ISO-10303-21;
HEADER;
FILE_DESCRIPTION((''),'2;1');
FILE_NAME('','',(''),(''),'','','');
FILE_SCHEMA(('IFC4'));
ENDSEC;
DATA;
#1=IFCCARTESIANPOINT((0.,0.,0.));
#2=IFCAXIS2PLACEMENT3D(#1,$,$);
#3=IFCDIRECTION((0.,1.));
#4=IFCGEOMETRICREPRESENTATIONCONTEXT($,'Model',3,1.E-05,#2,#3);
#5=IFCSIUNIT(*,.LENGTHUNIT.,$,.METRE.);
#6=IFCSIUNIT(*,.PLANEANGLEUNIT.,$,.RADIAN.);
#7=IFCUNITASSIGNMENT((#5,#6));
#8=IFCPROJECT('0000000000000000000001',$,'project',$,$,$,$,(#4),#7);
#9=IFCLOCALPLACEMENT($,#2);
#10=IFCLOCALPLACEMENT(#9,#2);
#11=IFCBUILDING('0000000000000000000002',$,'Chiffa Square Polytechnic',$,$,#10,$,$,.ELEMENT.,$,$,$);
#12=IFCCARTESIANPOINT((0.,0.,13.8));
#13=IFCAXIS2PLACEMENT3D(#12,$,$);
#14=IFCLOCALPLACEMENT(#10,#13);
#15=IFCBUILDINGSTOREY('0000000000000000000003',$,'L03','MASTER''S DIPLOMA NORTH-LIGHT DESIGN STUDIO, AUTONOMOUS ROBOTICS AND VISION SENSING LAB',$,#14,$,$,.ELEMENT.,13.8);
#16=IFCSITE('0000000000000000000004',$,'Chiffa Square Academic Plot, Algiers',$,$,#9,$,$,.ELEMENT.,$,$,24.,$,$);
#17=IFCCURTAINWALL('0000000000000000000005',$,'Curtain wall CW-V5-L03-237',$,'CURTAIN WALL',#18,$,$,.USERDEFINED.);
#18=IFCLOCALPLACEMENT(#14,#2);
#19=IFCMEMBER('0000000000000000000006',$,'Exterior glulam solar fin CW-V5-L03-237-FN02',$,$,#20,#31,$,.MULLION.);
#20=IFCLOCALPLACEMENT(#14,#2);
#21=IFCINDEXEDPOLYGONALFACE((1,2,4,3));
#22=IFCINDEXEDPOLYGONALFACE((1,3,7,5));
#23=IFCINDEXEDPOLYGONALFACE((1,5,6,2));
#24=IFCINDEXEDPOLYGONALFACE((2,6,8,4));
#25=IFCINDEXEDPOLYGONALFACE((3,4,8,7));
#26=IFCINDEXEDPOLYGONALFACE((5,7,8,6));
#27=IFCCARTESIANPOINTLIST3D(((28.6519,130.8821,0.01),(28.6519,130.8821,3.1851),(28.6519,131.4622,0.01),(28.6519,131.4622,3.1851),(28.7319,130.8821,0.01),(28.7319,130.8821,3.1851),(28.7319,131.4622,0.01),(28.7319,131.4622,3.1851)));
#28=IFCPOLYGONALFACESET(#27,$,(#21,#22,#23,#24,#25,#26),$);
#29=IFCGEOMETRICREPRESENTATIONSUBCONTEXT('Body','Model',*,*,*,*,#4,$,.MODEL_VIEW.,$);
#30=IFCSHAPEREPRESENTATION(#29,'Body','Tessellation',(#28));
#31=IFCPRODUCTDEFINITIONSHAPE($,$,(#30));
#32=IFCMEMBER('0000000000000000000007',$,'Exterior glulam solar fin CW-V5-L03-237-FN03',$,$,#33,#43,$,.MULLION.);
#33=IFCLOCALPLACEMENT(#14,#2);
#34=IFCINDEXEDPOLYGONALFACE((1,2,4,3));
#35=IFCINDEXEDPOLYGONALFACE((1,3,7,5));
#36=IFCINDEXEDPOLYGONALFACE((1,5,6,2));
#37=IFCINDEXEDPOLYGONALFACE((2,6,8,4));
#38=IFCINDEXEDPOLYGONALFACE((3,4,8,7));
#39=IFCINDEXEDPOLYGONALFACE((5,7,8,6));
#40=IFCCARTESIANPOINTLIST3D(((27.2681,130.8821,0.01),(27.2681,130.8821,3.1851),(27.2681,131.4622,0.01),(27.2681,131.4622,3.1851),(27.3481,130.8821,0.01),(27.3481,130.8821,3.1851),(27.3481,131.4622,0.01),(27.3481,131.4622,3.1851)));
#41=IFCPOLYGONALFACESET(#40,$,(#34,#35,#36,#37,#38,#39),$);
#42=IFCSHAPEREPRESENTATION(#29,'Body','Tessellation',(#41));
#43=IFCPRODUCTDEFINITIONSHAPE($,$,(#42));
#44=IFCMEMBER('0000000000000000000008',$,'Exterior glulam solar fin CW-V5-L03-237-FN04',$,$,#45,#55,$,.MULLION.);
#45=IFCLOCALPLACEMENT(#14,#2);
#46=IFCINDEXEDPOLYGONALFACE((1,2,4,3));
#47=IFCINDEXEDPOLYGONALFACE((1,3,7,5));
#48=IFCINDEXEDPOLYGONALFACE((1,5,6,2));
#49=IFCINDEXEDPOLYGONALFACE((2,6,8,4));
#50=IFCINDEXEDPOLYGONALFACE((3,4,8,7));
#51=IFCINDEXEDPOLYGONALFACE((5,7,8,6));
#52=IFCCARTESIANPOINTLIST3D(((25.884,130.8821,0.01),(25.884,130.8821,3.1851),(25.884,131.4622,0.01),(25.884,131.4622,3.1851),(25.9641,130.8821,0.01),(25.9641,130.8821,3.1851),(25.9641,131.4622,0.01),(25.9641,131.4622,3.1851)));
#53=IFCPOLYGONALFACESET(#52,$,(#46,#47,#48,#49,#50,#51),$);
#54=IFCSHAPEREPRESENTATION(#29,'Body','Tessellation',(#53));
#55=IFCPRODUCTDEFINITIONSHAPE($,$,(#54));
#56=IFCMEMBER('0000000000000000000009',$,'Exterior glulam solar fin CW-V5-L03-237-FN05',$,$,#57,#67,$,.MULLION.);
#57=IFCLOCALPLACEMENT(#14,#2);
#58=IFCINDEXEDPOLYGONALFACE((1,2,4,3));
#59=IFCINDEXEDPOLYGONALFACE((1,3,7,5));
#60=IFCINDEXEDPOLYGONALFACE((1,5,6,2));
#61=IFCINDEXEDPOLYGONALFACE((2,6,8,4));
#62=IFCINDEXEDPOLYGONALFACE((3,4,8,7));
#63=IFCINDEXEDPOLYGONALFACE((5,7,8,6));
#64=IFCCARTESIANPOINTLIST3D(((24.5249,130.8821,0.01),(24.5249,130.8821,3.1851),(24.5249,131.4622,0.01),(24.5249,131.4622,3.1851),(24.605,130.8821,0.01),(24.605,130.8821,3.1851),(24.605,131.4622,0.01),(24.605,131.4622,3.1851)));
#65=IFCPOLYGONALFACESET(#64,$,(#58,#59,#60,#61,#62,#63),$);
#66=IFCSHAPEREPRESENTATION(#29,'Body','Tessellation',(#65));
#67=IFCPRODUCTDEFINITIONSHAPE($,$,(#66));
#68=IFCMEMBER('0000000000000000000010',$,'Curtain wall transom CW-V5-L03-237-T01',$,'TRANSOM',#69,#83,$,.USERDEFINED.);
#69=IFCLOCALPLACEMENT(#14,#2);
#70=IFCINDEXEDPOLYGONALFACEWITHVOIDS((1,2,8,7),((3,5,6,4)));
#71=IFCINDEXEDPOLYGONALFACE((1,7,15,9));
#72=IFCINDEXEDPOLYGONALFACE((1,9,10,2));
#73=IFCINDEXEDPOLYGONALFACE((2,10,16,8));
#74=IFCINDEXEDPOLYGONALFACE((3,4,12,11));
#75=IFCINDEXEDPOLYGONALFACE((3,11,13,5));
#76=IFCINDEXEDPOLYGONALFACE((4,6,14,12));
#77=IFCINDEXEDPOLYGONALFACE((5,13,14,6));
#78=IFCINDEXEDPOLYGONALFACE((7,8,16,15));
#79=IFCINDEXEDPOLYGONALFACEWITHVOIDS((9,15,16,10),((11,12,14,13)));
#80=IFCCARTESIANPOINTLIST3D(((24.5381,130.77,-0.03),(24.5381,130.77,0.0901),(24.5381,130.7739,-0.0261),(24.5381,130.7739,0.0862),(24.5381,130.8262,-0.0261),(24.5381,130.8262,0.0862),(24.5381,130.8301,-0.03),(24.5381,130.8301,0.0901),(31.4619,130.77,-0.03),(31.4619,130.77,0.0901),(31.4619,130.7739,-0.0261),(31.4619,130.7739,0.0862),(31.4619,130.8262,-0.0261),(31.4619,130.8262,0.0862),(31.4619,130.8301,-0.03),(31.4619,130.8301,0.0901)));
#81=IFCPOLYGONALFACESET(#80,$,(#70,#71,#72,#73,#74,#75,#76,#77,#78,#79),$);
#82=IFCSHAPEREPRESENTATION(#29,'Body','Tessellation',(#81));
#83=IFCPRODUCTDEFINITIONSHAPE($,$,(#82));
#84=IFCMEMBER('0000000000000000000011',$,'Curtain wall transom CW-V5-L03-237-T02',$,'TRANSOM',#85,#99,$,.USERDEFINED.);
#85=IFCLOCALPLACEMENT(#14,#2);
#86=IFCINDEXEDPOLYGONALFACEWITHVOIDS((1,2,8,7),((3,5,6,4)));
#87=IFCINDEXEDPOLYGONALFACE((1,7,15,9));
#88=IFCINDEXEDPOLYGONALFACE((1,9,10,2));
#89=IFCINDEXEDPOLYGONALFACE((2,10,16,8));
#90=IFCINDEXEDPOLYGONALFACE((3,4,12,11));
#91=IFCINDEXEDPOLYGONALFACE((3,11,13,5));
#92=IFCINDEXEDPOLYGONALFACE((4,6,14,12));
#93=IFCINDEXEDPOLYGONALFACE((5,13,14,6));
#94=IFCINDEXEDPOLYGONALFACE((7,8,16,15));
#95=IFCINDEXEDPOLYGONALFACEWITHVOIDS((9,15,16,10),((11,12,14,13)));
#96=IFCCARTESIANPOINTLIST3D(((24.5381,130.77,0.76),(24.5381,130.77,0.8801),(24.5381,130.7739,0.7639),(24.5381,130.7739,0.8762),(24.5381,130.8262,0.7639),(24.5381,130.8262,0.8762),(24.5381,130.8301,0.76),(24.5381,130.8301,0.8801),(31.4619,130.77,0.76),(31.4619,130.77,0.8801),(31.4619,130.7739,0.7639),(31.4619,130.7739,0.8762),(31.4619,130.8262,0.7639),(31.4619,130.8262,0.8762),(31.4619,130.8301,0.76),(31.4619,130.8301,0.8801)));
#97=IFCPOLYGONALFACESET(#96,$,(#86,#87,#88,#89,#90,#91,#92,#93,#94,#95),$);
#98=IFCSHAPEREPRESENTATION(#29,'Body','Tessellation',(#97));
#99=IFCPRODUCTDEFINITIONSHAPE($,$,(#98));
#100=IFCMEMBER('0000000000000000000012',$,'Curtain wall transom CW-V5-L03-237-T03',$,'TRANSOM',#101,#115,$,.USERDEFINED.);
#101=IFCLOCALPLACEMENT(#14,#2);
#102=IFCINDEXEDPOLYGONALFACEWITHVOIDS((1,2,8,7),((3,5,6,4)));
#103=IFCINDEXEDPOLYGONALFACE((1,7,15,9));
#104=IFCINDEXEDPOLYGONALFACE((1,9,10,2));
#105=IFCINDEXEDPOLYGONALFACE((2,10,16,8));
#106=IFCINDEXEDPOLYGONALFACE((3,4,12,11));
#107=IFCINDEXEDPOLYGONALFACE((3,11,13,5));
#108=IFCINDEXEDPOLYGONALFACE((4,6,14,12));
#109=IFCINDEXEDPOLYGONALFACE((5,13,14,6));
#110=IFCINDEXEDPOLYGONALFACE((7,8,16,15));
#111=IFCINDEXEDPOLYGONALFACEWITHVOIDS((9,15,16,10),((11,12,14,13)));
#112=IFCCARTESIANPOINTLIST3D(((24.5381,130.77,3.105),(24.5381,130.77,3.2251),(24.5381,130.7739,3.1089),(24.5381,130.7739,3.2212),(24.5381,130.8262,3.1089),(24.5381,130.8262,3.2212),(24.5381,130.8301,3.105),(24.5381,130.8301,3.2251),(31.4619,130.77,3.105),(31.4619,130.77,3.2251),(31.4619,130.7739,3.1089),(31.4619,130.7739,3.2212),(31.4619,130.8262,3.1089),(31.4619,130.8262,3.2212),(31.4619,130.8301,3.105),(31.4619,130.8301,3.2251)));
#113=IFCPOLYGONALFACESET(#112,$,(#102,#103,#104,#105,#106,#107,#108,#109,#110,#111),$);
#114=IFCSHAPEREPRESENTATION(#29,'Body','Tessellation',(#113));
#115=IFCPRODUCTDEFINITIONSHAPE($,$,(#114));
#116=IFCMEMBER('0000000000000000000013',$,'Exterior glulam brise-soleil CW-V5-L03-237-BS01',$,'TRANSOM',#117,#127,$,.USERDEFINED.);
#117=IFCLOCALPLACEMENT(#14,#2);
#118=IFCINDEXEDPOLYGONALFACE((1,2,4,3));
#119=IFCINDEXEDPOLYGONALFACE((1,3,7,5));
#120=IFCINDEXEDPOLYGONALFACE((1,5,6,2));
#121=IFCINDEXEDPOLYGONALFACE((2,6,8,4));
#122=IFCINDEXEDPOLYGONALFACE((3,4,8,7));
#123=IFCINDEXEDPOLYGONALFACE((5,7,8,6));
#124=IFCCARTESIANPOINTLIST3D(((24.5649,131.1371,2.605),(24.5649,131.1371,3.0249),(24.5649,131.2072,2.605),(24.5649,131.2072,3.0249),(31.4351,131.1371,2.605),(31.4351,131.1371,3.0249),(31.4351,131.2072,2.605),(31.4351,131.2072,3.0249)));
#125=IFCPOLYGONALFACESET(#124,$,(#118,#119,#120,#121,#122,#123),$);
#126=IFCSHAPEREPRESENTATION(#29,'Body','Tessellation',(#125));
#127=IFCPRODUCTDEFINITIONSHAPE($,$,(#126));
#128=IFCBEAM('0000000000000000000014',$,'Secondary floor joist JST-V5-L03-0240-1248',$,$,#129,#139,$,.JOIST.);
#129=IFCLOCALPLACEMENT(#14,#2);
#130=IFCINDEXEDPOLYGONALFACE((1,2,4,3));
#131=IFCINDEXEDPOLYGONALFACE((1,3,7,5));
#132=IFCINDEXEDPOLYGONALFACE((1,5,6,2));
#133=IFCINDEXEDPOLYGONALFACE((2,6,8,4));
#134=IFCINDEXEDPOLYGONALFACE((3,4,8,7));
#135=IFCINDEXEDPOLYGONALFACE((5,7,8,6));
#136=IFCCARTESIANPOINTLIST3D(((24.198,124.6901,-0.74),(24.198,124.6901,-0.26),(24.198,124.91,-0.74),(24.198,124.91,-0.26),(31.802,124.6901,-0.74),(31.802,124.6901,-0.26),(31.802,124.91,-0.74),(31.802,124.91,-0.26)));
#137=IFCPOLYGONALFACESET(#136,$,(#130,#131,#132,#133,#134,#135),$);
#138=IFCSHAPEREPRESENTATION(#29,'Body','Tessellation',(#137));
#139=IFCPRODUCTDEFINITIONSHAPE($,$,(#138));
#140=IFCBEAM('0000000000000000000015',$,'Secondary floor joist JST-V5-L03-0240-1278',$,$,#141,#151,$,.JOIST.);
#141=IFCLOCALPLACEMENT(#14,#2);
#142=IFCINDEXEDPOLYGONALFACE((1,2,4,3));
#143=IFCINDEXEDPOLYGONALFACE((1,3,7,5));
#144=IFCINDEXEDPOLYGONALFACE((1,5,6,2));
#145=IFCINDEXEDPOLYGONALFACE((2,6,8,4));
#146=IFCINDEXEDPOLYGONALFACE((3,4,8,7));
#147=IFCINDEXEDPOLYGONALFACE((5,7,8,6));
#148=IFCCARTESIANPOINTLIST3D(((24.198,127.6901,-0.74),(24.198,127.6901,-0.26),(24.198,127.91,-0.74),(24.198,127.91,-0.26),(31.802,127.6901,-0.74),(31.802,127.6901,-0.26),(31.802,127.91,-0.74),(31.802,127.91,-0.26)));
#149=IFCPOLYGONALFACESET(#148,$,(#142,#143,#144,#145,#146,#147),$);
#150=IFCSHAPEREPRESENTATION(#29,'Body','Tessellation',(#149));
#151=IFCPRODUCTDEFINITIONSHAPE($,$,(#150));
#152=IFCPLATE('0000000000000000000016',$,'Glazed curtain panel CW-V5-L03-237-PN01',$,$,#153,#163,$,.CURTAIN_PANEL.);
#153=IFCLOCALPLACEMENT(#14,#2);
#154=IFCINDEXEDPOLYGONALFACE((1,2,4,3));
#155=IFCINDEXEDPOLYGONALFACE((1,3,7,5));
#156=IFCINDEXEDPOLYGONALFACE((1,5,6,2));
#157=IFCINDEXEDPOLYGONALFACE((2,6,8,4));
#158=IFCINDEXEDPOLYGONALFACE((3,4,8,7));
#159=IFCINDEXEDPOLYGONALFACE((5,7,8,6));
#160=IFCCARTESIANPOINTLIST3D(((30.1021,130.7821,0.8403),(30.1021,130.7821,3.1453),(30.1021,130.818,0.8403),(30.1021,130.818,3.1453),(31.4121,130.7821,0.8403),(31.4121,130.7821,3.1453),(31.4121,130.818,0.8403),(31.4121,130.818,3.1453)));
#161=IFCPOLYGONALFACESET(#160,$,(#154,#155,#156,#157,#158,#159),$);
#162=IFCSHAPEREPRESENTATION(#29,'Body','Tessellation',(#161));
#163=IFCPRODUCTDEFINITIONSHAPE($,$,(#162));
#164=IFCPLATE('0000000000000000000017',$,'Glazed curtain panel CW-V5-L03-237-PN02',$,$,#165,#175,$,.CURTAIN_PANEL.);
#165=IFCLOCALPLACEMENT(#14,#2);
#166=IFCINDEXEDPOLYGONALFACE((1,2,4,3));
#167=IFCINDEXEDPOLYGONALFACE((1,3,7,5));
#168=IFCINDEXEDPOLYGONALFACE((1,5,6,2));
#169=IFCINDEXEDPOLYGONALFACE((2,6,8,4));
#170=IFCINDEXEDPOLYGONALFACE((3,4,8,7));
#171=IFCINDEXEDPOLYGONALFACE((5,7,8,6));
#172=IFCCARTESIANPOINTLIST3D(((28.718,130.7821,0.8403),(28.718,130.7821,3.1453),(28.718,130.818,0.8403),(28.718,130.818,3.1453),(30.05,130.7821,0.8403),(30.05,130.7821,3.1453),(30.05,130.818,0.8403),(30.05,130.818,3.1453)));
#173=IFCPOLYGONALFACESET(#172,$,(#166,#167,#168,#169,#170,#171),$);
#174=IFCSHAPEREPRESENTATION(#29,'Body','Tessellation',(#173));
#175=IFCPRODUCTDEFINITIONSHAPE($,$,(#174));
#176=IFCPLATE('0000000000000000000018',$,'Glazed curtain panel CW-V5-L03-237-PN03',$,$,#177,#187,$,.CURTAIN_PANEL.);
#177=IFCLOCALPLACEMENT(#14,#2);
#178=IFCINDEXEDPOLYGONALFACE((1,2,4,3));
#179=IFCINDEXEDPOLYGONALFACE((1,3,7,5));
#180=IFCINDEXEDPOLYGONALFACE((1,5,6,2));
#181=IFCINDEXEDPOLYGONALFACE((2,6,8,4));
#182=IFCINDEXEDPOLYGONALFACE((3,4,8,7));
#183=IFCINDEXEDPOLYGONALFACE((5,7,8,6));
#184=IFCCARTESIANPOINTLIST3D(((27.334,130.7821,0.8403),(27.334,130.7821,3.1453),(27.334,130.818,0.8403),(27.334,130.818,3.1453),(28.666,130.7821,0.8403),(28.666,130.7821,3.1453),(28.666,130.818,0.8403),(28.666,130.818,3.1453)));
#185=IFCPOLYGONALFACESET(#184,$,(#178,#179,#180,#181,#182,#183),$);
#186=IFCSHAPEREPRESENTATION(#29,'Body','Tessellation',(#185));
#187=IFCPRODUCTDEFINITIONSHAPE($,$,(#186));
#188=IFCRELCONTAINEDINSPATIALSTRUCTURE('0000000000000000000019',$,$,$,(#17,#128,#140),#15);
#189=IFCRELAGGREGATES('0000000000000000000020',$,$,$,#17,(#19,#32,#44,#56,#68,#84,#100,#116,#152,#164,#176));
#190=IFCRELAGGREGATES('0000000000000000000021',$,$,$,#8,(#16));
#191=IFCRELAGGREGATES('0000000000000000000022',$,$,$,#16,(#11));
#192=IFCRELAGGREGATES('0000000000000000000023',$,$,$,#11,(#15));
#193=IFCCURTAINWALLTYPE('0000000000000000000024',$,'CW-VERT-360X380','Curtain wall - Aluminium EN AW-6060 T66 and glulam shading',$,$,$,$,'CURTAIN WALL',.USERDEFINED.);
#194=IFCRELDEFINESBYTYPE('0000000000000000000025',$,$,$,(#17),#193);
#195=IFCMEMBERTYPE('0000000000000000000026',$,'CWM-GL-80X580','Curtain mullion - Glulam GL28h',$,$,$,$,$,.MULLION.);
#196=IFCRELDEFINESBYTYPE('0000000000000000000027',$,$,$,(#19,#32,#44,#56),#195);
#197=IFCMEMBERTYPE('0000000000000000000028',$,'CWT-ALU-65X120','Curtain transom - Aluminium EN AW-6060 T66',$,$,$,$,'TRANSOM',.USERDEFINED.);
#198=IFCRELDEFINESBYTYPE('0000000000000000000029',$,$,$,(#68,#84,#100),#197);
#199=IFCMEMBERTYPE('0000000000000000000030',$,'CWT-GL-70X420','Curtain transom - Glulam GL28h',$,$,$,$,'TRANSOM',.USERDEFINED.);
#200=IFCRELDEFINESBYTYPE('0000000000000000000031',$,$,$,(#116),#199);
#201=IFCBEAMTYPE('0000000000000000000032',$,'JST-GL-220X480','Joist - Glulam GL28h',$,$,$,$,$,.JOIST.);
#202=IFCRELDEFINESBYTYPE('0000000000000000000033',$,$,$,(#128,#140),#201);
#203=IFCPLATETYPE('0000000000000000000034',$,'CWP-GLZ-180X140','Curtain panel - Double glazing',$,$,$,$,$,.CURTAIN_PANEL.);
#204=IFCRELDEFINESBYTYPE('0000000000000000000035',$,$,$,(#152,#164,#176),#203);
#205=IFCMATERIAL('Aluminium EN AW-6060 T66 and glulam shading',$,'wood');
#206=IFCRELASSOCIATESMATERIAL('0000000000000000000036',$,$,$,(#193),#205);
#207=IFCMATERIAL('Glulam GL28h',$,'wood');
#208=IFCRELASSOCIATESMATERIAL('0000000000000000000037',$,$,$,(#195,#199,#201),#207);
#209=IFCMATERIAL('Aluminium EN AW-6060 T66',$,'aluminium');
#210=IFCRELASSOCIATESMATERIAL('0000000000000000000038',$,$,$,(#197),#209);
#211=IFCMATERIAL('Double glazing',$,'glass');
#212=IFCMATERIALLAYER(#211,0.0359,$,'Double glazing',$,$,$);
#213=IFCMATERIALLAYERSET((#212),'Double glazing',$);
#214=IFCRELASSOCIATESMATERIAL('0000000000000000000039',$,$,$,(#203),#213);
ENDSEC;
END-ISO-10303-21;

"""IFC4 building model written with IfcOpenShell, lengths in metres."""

from ifc_helpers import new_model, si_unit, direction, frame, origin, origin_2d, place, context, subcontext, project, spatial, rectangle, hollow_rectangle, extrude, material, layer, layer_set, material_profile, profile_set, type_object, element, aggregate, save


model = new_model("IFC4")

# Units and contexts
model_context = context("Model", 3, precision=1e-05, world=origin(), true_north=direction((0.0, 1.0)))
body_context = subcontext(model_context, "Body", "Model", "MODEL_VIEW")
ifc_project = project(units=[si_unit("LENGTHUNIT", "METRE"), si_unit("PLANEANGLEUNIT", "RADIAN")], contexts=[model_context])

# Site, building, storey
site_placement = place(None, origin())
site = spatial("IfcSite", under=ifc_project, at=site_placement, Name="Chiffa Square Academic Plot, Algiers", CompositionType="ELEMENT", RefElevation=24.0)
building_placement = place(site_placement, origin())
building = spatial("IfcBuilding", under=site, at=building_placement, Name="Chiffa Square Polytechnic", CompositionType="ELEMENT")
storey_placement = place(building_placement, frame((0.0, 0.0, 13.8)))
storey = spatial("IfcBuildingStorey", under=building, at=storey_placement, Name="L03", Description="MASTER'S DIPLOMA NORTH-LIGHT DESIGN STUDIO, AUTONOMOUS ROBOTICS AND VISION SENSING LAB", CompositionType="ELEMENT", Elevation=13.8)

# Curtain wall, members
ifc_material_1 = material(Name="Aluminium EN AW-6060 T66 and glulam shading", Category="wood")
curtain_wall_type = type_object("IfcCurtainWallType", Name="CW-VERT-360X380", Description="Curtain wall - Aluminium EN AW-6060 T66 and glulam shading", ElementType="CURTAIN WALL", PredefinedType="USERDEFINED", material=ifc_material_1)
curtain_wall_placement = place(storey_placement, origin())
curtain_wall = element("IfcCurtainWall", 1, at=curtain_wall_placement, inside=storey, type_object=curtain_wall_type, Name="Curtain wall CW-V5-L03-237", ObjectType="CURTAIN WALL", PredefinedType="USERDEFINED")
ifc_material_2 = material(Name="Aluminium EN AW-6060 T66", Category="aluminium")
ifc_material_3 = material(Name="Glulam GL28h", Category="wood")
ifc_material_profile_1 = material_profile(ifc_material_3, rectangle(XDim=0.0801, YDim=0.5801, at=origin_2d()), Name="GL28h 80x580")
ifc_profile_set_1 = profile_set([ifc_material_profile_1], Name="Glulam GL28h")
member_type_1 = type_object("IfcMemberType", Name="CWM-GL-80X580", Description="Curtain mullion - Glulam GL28h", PredefinedType="MULLION", material=ifc_profile_set_1)
member_1_placement = place(storey_placement, frame((28.6919, 131.1721, 0.01), z_axis=(0.0, 0.0, 1.0), x_axis=(-1.0, 0.0, 0.0)))
member_1 = element("IfcMember", 2, at=member_1_placement, type_object=member_type_1, Name="Exterior glulam solar fin CW-V5-L03-237-FN02", PredefinedType="MULLION", context=body_context, shape_type="SweptSolid", body=[
    extrude(rectangle(XDim=0.0801, YDim=0.5801, at=origin_2d()), origin(), (0.0, 0.0, 1.0), 3.175),
])
member_2_placement = place(storey_placement, frame((27.3081, 131.1721, 0.01), z_axis=(0.0, 0.0, 1.0), x_axis=(-1.0, 0.0, 0.0)))
member_2 = element("IfcMember", 3, at=member_2_placement, type_object=member_type_1, Name="Exterior glulam solar fin CW-V5-L03-237-FN03", PredefinedType="MULLION", context=body_context, shape_type="SweptSolid", body=[
    extrude(rectangle(XDim=0.0801, YDim=0.5801, at=origin_2d()), origin(), (0.0, 0.0, 1.0), 3.175),
])
member_3_placement = place(storey_placement, frame((25.9241, 131.1721, 0.01), z_axis=(0.0, 0.0, 1.0), x_axis=(-1.0, 0.0, 0.0)))
member_3 = element("IfcMember", 4, at=member_3_placement, type_object=member_type_1, Name="Exterior glulam solar fin CW-V5-L03-237-FN04", PredefinedType="MULLION", context=body_context, shape_type="SweptSolid", body=[
    extrude(rectangle(XDim=0.0801, YDim=0.5801, at=origin_2d()), origin(), (0.0, 0.0, 1.0), 3.175),
])
member_4_placement = place(storey_placement, frame((24.5649, 131.1721, 0.01), z_axis=(0.0, 0.0, 1.0), x_axis=(-1.0, 0.0, 0.0)))
member_4 = element("IfcMember", 5, at=member_4_placement, type_object=member_type_1, Name="Exterior glulam solar fin CW-V5-L03-237-FN05", PredefinedType="MULLION", context=body_context, shape_type="SweptSolid", body=[
    extrude(rectangle(XDim=0.0801, YDim=0.5801, at=origin_2d()), origin(), (0.0, 0.0, 1.0), 3.175),
])
ifc_material_profile_2 = material_profile(ifc_material_2, hollow_rectangle(XDim=0.0601, YDim=0.1201, WallThickness=0.0039, at=origin_2d()), Name="ALU 60x120x4")
ifc_profile_set_2 = profile_set([ifc_material_profile_2], Name="Aluminium EN AW-6060 T66")
member_type_2 = type_object("IfcMemberType", Name="CWT-ALU-65X120", Description="Curtain transom - Aluminium EN AW-6060 T66", ElementType="TRANSOM", PredefinedType="USERDEFINED", material=ifc_profile_set_2)
member_5_placement = place(storey_placement, frame((31.4619, 130.8, 0.03), z_axis=(-1.0, 0.0, 0.0), x_axis=(0.0, -1.0, 0.0)))
member_5 = element("IfcMember", 6, at=member_5_placement, type_object=member_type_2, Name="Curtain wall transom CW-V5-L03-237-T01", ObjectType="TRANSOM", PredefinedType="USERDEFINED", context=body_context, shape_type="SweptSolid", body=[
    extrude(hollow_rectangle(XDim=0.0601, YDim=0.1201, WallThickness=0.0039, at=origin_2d()), origin(), (0.0, 0.0, 1.0), 6.9238),
])
member_6_placement = place(storey_placement, frame((31.4619, 130.8, 0.8201), z_axis=(-1.0, 0.0, 0.0), x_axis=(0.0, -1.0, 0.0)))
member_6 = element("IfcMember", 7, at=member_6_placement, type_object=member_type_2, Name="Curtain wall transom CW-V5-L03-237-T02", ObjectType="TRANSOM", PredefinedType="USERDEFINED", context=body_context, shape_type="SweptSolid", body=[
    extrude(hollow_rectangle(XDim=0.0601, YDim=0.1201, WallThickness=0.0039, at=origin_2d()), origin(), (0.0, 0.0, 1.0), 6.9238),
])
member_7_placement = place(storey_placement, frame((31.4619, 130.8, 3.165), z_axis=(-1.0, 0.0, 0.0), x_axis=(0.0, -1.0, 0.0)))
member_7 = element("IfcMember", 8, at=member_7_placement, type_object=member_type_2, Name="Curtain wall transom CW-V5-L03-237-T03", ObjectType="TRANSOM", PredefinedType="USERDEFINED", context=body_context, shape_type="SweptSolid", body=[
    extrude(hollow_rectangle(XDim=0.0601, YDim=0.1201, WallThickness=0.0039, at=origin_2d()), origin(), (0.0, 0.0, 1.0), 6.9238),
])
ifc_material_profile_3 = material_profile(ifc_material_3, rectangle(XDim=0.0701, YDim=0.4199, at=origin_2d()), Name="GL28h 70x420")
ifc_profile_set_3 = profile_set([ifc_material_profile_3], Name="Glulam GL28h")
member_type_3 = type_object("IfcMemberType", Name="CWT-GL-70X420", Description="Curtain transom - Glulam GL28h", ElementType="TRANSOM", PredefinedType="USERDEFINED", material=ifc_profile_set_3)
member_8_placement = place(storey_placement, frame((31.4351, 131.1721, 2.8149), z_axis=(-1.0, 0.0, 0.0), x_axis=(0.0, -1.0, 0.0)))
member_8 = element("IfcMember", 9, at=member_8_placement, type_object=member_type_3, Name="Exterior glulam brise-soleil CW-V5-L03-237-BS01", ObjectType="TRANSOM", PredefinedType="USERDEFINED", context=body_context, shape_type="SweptSolid", body=[
    extrude(rectangle(XDim=0.0701, YDim=0.4199, at=origin_2d()), origin(), (0.0, 0.0, 1.0), 6.8701),
])

# Beams
ifc_material_profile_4 = material_profile(ifc_material_3, rectangle(XDim=0.22, YDim=0.48, at=origin_2d()), Name="GL28h 220x480")
ifc_profile_set_4 = profile_set([ifc_material_profile_4], Name="Glulam GL28h")
beam_type_1 = type_object("IfcBeamType", Name="JST-GL-220X480", Description="Joist - Glulam GL28h", PredefinedType="JOIST", material=ifc_profile_set_4)
for number, where, z_axis, x_axis, name in (
    (10, (24.198, 124.8, -0.5), (1.0, 0.0, 0.0), (0.0, 1.0, 0.0), "Secondary floor joist JST-V5-L03-0240-1248"),
    (11, (24.198, 127.8, -0.5), (1.0, 0.0, 0.0), (0.0, 1.0, 0.0), "Secondary floor joist JST-V5-L03-0240-1278"),
):
    element("IfcBeam", number, at=place(storey_placement, frame(where, z_axis=z_axis, x_axis=x_axis)), inside=storey, type_object=beam_type_1, Name=name, PredefinedType="JOIST", context=body_context, shape_type="SweptSolid", body=[
        extrude(rectangle(XDim=0.22, YDim=0.48, at=origin_2d()), origin(), (0.0, 0.0, 1.0), 7.604),
    ])

# Plates
ifc_material_4 = material(Name="Double glazing", Category="glass")
ifc_layer_1 = layer(ifc_material_4, 0.0359, Name="Double glazing")
ifc_layer_set_1 = layer_set([ifc_layer_1], Name="Double glazing")
plate_type_1 = type_object("IfcPlateType", Name="CWP-GLZ-180X140", Description="Curtain panel - Double glazing", PredefinedType="CURTAIN_PANEL", material=ifc_layer_set_1)
plate_1_placement = place(storey_placement, frame((30.7571, 130.8, 0.8403), z_axis=(0.0, 0.0, 1.0), x_axis=(-1.0, 0.0, 0.0)))
plate_1 = element("IfcPlate", 12, at=plate_1_placement, type_object=plate_type_1, Name="Glazed curtain panel CW-V5-L03-237-PN01", PredefinedType="CURTAIN_PANEL", context=body_context, shape_type="SweptSolid", body=[
    extrude(rectangle(XDim=1.3101, YDim=0.0359, at=origin_2d()), origin(), (0.0, 0.0, 1.0), 2.3049),
])
plate_2_placement = place(storey_placement, frame((29.384, 130.8, 0.8403), z_axis=(0.0, 0.0, 1.0), x_axis=(-1.0, 0.0, 0.0)))
plate_2 = element("IfcPlate", 13, at=plate_2_placement, type_object=plate_type_1, Name="Glazed curtain panel CW-V5-L03-237-PN02", PredefinedType="CURTAIN_PANEL", context=body_context, shape_type="SweptSolid", body=[
    extrude(rectangle(XDim=1.332, YDim=0.0359, at=origin_2d()), origin(), (0.0, 0.0, 1.0), 2.3049),
])
plate_3_placement = place(storey_placement, frame((28.0, 130.8, 0.8403), z_axis=(0.0, 0.0, 1.0), x_axis=(-1.0, 0.0, 0.0)))
plate_3 = element("IfcPlate", 14, at=plate_3_placement, type_object=plate_type_1, Name="Glazed curtain panel CW-V5-L03-237-PN03", PredefinedType="CURTAIN_PANEL", context=body_context, shape_type="SweptSolid", body=[
    extrude(rectangle(XDim=1.332, YDim=0.0359, at=origin_2d()), origin(), (0.0, 0.0, 1.0), 2.3049),
])
aggregate(curtain_wall, [member_1, member_2, member_3, member_4, member_5, member_6, member_7, member_8, plate_1, plate_2, plate_3])

save(model, "model.ifc")
